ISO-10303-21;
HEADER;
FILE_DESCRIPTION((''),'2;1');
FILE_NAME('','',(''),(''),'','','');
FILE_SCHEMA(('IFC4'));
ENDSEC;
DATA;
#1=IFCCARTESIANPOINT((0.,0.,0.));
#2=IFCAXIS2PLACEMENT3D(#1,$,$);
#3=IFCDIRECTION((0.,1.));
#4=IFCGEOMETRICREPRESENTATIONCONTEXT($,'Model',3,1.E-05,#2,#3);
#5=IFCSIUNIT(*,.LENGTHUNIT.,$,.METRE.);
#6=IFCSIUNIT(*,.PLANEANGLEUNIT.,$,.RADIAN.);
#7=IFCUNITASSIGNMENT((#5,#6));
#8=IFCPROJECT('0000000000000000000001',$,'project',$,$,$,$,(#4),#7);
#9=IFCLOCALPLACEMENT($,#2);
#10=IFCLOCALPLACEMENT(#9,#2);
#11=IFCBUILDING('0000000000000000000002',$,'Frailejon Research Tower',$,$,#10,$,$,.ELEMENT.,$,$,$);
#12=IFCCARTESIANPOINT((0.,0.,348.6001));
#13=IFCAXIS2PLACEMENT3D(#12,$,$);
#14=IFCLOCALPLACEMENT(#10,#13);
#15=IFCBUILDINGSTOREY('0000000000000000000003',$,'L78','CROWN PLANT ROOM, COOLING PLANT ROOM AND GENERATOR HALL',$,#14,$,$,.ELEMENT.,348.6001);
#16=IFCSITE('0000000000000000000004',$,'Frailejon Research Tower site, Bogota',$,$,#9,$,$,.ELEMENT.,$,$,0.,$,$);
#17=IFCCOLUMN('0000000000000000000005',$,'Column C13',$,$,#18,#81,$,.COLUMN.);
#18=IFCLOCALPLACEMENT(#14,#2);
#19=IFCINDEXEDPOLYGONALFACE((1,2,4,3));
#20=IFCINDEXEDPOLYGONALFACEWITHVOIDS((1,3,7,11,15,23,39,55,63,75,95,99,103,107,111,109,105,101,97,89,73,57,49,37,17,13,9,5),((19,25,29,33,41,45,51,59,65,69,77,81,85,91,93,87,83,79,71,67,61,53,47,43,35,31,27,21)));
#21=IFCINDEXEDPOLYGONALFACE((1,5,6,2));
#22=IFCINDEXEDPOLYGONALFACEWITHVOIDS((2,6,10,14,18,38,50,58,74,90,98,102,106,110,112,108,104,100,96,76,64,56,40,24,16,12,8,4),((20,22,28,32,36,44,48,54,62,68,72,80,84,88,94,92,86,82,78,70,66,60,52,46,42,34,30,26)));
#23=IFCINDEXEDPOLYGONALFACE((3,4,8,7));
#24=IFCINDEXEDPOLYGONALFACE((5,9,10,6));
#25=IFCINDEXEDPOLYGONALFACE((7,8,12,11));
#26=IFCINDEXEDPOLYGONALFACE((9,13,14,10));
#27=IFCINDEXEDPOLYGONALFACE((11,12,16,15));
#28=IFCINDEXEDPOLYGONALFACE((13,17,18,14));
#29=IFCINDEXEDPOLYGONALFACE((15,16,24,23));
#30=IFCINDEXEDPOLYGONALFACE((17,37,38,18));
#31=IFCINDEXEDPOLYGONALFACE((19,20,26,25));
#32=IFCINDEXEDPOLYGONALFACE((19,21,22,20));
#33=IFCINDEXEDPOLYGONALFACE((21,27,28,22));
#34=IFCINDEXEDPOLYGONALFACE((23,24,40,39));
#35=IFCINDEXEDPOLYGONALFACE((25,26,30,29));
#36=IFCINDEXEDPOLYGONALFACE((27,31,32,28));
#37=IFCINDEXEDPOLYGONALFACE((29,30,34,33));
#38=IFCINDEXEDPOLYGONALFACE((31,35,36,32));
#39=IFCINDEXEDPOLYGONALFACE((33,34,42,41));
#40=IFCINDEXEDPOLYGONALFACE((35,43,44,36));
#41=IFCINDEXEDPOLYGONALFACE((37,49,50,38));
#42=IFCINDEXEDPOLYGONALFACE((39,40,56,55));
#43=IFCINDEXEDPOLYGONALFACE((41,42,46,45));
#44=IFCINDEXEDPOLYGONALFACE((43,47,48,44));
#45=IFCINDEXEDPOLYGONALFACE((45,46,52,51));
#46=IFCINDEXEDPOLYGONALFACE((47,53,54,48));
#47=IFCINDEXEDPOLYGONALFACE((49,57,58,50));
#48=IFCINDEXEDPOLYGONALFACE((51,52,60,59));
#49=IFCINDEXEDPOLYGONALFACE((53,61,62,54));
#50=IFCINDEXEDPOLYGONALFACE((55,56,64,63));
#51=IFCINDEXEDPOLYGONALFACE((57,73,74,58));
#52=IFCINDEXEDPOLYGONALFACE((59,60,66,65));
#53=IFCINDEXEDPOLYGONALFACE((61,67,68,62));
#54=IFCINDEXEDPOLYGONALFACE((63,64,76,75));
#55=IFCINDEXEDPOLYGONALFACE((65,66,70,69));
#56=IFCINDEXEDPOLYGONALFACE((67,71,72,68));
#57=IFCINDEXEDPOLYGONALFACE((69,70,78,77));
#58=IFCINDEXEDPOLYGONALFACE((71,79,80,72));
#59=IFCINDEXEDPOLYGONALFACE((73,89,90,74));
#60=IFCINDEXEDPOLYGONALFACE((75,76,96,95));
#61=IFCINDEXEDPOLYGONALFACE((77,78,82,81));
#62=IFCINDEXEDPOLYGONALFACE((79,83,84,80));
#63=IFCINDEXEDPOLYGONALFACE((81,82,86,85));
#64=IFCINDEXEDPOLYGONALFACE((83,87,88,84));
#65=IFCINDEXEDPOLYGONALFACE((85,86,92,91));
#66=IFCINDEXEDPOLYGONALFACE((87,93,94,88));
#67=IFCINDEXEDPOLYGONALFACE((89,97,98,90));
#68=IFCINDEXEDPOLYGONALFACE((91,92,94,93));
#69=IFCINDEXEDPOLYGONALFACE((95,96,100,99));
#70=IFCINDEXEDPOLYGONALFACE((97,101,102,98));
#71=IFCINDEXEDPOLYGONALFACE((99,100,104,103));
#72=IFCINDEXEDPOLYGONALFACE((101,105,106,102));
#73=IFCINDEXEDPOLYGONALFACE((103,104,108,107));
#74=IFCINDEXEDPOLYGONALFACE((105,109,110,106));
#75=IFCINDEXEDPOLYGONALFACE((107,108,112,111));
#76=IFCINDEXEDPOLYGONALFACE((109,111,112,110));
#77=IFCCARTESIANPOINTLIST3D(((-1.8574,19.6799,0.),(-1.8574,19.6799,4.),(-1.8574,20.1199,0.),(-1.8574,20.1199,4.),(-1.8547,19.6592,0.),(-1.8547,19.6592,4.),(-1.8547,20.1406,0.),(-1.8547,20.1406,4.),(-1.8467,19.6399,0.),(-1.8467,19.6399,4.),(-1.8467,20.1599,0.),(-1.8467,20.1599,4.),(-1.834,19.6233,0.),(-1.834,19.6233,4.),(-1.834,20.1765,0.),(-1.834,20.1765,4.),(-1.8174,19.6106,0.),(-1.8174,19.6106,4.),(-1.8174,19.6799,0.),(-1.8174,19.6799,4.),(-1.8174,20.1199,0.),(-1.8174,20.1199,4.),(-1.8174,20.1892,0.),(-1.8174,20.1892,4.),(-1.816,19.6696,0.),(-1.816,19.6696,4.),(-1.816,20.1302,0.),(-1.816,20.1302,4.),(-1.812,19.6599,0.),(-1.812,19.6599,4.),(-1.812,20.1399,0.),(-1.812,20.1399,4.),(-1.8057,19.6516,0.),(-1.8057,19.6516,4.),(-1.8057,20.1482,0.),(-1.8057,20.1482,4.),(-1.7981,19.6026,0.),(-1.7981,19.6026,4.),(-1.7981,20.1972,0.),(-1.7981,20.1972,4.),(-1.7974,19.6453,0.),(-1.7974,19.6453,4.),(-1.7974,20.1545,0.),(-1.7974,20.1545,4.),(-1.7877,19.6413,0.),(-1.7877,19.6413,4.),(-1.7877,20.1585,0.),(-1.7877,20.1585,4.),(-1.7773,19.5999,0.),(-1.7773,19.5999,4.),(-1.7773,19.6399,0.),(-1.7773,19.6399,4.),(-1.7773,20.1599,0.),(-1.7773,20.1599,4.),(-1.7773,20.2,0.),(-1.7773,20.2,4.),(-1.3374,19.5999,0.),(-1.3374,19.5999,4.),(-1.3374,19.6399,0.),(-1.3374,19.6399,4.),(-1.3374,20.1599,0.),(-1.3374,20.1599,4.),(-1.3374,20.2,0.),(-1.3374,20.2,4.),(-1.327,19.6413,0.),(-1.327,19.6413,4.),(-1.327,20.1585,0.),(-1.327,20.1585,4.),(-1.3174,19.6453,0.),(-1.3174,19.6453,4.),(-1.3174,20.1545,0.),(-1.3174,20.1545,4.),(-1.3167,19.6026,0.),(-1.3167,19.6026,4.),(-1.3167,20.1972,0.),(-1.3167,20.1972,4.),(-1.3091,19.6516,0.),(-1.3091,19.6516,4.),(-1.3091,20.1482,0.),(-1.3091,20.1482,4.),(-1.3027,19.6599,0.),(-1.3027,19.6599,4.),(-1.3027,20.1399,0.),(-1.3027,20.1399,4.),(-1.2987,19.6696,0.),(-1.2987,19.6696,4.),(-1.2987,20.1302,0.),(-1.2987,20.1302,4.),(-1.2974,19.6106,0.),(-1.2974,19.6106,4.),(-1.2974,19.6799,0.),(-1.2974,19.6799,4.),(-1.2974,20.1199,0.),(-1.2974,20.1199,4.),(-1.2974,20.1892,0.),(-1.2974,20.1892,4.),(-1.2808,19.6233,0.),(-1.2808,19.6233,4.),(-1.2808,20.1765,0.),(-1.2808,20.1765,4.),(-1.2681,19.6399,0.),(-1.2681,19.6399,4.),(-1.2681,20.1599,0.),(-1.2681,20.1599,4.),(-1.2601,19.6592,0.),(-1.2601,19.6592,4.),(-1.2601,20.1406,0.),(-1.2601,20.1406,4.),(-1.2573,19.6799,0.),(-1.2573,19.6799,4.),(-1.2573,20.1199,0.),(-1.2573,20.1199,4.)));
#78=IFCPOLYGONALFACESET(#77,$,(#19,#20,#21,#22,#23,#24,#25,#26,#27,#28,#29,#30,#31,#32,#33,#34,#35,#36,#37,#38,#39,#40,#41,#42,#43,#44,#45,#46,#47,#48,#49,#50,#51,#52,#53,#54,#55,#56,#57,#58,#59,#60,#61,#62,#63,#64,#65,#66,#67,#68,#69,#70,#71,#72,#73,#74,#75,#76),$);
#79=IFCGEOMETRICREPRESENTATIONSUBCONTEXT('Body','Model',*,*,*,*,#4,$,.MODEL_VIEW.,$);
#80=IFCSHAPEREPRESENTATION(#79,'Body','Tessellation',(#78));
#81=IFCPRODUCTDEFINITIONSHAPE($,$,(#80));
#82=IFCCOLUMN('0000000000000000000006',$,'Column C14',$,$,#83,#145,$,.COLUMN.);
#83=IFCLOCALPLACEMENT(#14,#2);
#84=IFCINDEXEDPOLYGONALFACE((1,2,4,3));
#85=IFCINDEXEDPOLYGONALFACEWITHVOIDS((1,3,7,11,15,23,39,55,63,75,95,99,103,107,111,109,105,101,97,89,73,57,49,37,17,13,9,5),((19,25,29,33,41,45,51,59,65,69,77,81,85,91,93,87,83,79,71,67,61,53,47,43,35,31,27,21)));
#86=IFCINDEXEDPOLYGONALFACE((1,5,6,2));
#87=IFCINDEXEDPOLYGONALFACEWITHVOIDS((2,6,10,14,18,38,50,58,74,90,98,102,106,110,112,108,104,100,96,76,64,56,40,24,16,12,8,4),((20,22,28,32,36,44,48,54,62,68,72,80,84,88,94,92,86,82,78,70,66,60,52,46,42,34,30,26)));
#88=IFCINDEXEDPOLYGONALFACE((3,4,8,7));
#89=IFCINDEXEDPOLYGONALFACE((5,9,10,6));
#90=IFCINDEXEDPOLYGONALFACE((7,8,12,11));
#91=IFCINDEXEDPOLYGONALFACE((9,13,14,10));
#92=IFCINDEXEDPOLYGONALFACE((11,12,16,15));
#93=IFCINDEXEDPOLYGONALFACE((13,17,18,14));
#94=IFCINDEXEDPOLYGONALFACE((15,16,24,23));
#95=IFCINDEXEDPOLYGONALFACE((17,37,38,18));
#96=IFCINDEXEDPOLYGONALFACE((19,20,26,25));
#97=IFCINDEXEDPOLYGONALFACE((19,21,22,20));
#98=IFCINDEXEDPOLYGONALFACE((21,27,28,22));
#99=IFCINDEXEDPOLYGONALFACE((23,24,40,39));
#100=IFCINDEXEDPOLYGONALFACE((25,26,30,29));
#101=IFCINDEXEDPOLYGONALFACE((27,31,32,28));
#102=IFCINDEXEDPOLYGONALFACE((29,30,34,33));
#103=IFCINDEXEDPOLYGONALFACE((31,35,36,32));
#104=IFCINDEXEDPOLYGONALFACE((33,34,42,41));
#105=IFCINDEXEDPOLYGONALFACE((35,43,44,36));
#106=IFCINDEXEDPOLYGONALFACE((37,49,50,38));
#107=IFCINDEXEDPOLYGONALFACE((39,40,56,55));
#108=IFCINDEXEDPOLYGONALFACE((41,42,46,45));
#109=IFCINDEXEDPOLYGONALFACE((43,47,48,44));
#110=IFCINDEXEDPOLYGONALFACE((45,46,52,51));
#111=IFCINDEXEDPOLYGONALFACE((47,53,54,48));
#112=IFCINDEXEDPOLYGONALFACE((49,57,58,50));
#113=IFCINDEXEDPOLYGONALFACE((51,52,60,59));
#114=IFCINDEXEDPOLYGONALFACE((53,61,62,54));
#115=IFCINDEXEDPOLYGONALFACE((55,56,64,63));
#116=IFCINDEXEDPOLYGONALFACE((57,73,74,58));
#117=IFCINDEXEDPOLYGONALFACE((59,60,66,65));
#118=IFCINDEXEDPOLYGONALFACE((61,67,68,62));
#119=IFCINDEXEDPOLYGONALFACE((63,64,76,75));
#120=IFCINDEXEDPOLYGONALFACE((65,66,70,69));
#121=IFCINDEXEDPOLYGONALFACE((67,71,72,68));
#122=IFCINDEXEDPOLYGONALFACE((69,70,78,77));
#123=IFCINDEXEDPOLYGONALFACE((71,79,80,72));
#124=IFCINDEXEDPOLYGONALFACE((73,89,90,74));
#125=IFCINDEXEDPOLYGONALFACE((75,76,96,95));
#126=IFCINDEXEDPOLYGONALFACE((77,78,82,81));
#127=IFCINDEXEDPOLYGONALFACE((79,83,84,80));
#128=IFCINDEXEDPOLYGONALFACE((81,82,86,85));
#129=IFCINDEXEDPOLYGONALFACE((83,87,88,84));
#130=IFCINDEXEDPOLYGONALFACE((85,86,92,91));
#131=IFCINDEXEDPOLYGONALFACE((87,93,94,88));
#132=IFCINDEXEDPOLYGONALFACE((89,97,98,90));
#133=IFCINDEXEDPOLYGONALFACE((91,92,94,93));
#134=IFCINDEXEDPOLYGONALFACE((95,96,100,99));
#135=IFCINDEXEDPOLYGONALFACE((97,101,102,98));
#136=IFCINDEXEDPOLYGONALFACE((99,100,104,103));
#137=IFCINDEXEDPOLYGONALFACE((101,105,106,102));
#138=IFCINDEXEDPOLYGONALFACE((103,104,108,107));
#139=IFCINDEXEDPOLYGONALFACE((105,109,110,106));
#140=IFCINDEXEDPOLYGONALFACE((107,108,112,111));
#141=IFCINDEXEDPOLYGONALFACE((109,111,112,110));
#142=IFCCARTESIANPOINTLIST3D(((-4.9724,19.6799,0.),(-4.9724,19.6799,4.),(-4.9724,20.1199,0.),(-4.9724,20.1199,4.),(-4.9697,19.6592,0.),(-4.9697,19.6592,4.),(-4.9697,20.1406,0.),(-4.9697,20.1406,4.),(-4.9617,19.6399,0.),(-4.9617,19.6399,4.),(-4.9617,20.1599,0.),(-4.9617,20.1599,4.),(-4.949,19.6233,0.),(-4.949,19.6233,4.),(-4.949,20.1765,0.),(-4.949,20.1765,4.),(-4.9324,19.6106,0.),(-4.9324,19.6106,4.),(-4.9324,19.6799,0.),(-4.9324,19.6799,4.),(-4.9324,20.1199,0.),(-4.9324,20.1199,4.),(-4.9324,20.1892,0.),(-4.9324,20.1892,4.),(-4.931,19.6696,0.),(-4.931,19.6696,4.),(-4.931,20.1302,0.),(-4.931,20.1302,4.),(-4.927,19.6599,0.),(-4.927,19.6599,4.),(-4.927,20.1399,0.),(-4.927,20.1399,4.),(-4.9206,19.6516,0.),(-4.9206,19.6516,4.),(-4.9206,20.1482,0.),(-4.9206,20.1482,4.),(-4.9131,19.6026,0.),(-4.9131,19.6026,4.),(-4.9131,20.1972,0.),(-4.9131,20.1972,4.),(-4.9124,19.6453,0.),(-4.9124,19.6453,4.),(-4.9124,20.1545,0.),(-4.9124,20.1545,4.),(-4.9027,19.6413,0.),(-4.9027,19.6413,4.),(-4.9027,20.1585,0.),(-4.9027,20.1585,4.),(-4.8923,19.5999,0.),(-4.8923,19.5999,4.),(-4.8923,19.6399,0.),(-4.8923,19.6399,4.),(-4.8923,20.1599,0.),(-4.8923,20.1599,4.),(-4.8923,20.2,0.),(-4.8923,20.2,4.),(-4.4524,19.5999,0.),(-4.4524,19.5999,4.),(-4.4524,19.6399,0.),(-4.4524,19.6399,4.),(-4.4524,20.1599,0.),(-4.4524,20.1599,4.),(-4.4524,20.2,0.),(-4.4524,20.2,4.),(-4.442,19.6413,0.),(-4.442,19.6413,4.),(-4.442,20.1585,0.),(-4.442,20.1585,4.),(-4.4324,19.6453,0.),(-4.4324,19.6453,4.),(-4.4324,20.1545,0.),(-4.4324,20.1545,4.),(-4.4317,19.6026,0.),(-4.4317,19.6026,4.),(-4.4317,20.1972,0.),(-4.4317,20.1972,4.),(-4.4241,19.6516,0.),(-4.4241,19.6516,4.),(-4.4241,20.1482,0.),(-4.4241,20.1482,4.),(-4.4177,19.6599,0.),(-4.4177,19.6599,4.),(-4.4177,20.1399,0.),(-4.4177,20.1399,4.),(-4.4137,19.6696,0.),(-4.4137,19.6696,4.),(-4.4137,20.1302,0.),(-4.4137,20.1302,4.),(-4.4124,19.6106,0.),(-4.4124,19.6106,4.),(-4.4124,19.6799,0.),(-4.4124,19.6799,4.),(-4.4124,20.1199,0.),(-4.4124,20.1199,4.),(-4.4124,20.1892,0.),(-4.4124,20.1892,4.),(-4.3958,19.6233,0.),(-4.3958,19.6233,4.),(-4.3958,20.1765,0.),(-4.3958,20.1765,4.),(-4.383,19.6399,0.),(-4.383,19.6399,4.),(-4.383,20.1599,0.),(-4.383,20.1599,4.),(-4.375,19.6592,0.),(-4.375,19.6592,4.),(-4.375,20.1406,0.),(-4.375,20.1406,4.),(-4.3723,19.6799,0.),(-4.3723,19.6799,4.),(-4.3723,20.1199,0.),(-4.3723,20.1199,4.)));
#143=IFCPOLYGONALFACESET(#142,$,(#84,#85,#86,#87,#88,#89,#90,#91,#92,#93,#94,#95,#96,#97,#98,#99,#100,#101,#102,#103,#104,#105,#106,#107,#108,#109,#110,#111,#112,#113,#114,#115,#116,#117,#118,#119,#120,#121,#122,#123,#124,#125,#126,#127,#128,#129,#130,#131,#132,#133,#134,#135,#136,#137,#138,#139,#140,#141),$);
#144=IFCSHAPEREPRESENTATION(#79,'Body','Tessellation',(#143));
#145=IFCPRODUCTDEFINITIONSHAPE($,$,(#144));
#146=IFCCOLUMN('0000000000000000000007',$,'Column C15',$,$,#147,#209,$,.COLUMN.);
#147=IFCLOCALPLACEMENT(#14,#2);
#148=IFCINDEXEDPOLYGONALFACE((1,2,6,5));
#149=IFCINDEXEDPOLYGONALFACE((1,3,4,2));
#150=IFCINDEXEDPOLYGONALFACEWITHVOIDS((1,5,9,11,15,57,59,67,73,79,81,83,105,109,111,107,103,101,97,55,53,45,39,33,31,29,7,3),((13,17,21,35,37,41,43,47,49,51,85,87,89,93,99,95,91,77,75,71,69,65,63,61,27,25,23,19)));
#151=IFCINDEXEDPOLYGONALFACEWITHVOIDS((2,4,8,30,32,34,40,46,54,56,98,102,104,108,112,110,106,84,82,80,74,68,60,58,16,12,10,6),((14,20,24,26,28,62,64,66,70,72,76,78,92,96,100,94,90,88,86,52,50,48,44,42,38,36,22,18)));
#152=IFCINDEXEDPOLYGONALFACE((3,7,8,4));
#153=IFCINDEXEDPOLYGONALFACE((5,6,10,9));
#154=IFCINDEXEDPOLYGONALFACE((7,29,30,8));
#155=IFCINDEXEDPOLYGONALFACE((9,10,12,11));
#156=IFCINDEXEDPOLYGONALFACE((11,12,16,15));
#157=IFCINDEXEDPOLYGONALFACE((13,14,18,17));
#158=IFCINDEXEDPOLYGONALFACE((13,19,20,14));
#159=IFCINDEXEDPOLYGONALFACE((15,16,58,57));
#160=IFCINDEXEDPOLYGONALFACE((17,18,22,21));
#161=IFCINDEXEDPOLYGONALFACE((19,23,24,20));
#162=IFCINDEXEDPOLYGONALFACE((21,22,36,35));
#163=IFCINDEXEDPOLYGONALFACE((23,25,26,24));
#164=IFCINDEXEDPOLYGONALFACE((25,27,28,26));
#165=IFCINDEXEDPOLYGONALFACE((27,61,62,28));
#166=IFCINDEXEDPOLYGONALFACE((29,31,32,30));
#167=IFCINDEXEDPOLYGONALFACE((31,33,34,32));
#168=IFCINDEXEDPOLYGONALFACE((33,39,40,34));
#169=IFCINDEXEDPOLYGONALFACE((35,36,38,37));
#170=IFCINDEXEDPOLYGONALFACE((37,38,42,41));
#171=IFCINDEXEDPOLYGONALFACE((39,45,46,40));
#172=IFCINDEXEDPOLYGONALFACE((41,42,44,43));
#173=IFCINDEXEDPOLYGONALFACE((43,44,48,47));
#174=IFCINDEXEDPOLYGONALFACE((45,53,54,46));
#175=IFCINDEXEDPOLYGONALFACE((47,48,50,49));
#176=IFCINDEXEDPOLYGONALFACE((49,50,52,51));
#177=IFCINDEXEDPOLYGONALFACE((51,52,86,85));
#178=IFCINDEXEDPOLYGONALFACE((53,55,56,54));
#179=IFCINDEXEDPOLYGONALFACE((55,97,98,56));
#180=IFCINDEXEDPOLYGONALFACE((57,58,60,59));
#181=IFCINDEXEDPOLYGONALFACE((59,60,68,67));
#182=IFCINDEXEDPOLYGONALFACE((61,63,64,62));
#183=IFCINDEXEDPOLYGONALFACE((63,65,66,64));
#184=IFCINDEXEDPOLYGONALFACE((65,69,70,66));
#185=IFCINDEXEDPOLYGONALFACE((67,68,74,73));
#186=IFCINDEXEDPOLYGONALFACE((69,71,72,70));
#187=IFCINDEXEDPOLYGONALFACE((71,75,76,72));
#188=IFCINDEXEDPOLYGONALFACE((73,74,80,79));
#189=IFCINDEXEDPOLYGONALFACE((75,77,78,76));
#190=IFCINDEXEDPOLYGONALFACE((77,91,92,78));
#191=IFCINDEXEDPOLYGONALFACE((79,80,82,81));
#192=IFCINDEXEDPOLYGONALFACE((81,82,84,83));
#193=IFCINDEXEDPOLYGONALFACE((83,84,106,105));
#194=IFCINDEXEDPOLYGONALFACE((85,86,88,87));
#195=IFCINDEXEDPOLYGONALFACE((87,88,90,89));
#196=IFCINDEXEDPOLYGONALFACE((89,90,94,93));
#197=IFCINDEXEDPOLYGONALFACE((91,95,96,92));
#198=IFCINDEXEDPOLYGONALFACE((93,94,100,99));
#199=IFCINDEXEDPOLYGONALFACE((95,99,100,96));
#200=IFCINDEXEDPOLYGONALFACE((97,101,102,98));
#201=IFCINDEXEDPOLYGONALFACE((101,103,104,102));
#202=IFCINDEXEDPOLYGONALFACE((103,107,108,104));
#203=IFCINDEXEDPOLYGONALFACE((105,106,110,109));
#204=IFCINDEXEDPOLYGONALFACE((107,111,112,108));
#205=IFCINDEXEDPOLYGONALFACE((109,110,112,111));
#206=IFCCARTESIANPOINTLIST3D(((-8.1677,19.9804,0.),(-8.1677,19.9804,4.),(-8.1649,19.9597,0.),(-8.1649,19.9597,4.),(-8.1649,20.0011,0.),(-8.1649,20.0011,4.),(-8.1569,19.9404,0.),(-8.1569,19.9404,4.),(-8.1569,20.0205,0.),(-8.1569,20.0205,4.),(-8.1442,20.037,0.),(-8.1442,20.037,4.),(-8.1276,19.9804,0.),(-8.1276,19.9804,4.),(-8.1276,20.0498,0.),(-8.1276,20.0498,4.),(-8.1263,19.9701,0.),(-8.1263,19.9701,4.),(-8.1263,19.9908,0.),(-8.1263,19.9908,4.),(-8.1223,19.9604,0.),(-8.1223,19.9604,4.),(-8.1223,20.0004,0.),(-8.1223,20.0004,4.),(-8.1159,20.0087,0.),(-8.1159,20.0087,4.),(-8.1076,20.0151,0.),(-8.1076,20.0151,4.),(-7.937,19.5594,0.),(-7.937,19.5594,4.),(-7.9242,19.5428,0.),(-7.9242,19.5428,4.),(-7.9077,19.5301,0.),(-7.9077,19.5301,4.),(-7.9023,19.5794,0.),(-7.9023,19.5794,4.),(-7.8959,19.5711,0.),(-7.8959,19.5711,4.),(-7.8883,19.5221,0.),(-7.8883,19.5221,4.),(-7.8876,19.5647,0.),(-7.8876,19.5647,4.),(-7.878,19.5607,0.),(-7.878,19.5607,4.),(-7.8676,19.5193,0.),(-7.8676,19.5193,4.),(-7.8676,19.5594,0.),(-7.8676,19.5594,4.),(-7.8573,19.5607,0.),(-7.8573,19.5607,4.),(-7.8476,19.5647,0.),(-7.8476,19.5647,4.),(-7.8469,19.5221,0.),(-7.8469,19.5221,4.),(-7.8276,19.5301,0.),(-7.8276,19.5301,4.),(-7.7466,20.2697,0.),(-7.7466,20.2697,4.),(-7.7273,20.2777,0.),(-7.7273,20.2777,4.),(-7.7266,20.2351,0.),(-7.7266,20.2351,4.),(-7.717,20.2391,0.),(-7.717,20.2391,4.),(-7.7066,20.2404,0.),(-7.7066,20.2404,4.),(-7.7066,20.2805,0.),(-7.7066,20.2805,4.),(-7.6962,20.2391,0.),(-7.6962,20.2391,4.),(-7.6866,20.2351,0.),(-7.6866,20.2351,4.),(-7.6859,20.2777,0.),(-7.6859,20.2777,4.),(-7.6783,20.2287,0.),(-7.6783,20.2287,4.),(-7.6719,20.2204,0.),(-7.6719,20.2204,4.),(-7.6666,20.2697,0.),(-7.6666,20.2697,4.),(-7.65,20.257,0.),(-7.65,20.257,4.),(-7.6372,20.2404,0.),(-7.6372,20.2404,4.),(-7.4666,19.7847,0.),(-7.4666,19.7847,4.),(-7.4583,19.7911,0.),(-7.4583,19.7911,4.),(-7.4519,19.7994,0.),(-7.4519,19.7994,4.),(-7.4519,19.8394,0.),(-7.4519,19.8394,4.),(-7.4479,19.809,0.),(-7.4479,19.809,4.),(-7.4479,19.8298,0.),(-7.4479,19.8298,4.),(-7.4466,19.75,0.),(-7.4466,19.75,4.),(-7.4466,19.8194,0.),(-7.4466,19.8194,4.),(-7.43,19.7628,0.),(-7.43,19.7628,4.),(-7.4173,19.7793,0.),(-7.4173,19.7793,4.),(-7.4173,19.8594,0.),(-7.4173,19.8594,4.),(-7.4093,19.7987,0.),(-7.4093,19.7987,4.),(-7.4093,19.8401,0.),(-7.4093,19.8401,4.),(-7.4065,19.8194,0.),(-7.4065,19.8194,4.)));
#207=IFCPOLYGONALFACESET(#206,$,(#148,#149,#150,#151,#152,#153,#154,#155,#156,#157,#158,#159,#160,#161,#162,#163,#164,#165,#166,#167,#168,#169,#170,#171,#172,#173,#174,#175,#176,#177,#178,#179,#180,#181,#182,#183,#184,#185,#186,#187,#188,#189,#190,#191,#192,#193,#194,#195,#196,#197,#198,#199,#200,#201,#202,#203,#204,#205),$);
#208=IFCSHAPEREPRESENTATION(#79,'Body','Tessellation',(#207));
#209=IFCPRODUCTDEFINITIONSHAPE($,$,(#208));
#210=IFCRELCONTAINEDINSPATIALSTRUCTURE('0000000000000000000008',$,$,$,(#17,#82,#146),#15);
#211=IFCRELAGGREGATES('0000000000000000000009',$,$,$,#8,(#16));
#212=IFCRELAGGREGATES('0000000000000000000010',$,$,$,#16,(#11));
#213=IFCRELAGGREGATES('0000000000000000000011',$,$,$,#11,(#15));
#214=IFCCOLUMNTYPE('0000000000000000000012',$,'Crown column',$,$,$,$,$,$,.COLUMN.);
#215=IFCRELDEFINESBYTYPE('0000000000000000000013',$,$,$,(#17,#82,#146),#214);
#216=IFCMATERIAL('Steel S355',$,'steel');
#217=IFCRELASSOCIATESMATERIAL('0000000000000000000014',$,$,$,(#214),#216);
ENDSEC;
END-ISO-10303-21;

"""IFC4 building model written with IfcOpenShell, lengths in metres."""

from ifc_helpers import new_model, si_unit, direction, frame, origin, origin_2d, place, context, subcontext, project, spatial, hollow_rectangle, extrude, material, material_profile, profile_set, type_object, element, save


model = new_model("IFC4")

# Units and contexts
model_context = context("Model", 3, precision=1e-05, world=origin(), true_north=direction((0.0, 1.0)))
body_context = subcontext(model_context, "Body", "Model", "MODEL_VIEW")
ifc_project = project(units=[si_unit("LENGTHUNIT", "METRE"), si_unit("PLANEANGLEUNIT", "RADIAN")], contexts=[model_context])

# Site, building, storey
site_placement = place(None, origin())
site = spatial("IfcSite", under=ifc_project, at=site_placement, Name="Frailejon Research Tower site, Bogota", CompositionType="ELEMENT", RefElevation=0.0)
building_placement = place(site_placement, origin())
building = spatial("IfcBuilding", under=site, at=building_placement, Name="Frailejon Research Tower", CompositionType="ELEMENT")
storey_placement = place(building_placement, frame((0.0, 0.0, 348.6001)))
storey = spatial("IfcBuildingStorey", under=building, at=storey_placement, Name="L78", Description="CROWN PLANT ROOM, COOLING PLANT ROOM AND GENERATOR HALL", CompositionType="ELEMENT", Elevation=348.6001)

# Columns
ifc_material_1 = material(Name="Steel S355", Category="steel")
ifc_material_profile_1 = material_profile(ifc_material_1, hollow_rectangle(XDim=0.6001, YDim=0.6001, WallThickness=0.04, InnerFilletRadius=0.04, OuterFilletRadius=0.0801, at=origin_2d()), Name="Crown column")
ifc_profile_set_1 = profile_set([ifc_material_profile_1], Name="Steel S355")
column_type = type_object("IfcColumnType", Name="Crown column", PredefinedType="COLUMN", material=ifc_profile_set_1)
for number, where, z_axis, x_axis, name in (
    (1, (-1.5574, 19.8999, 0.0), (0.0, 0.0, 1.0), (-1.0, 0.0, 0.0), "Column C13"),
    (2, (-4.6724, 19.8999, 0.0), (0.0, 0.0, 1.0), (-1.0, 0.0, 0.0), "Column C14"),
    (3, (-7.7871, 19.8999, 0.0), (0.0, 0.0, 1.0), (-0.866025, -0.5, 0.0), "Column C15"),
):
    element("IfcColumn", number, at=place(storey_placement, frame(where, z_axis=z_axis, x_axis=x_axis)), inside=storey, type_object=column_type, Name=name, PredefinedType="COLUMN", context=body_context, shape_type="SweptSolid", body=[
        extrude(hollow_rectangle(XDim=0.6001, YDim=0.6001, WallThickness=0.04, InnerFilletRadius=0.04, OuterFilletRadius=0.0801, at=origin_2d()), origin(), (0.0, 0.0, 1.0), 4.0),
    ])

save(model, "model.ifc")
